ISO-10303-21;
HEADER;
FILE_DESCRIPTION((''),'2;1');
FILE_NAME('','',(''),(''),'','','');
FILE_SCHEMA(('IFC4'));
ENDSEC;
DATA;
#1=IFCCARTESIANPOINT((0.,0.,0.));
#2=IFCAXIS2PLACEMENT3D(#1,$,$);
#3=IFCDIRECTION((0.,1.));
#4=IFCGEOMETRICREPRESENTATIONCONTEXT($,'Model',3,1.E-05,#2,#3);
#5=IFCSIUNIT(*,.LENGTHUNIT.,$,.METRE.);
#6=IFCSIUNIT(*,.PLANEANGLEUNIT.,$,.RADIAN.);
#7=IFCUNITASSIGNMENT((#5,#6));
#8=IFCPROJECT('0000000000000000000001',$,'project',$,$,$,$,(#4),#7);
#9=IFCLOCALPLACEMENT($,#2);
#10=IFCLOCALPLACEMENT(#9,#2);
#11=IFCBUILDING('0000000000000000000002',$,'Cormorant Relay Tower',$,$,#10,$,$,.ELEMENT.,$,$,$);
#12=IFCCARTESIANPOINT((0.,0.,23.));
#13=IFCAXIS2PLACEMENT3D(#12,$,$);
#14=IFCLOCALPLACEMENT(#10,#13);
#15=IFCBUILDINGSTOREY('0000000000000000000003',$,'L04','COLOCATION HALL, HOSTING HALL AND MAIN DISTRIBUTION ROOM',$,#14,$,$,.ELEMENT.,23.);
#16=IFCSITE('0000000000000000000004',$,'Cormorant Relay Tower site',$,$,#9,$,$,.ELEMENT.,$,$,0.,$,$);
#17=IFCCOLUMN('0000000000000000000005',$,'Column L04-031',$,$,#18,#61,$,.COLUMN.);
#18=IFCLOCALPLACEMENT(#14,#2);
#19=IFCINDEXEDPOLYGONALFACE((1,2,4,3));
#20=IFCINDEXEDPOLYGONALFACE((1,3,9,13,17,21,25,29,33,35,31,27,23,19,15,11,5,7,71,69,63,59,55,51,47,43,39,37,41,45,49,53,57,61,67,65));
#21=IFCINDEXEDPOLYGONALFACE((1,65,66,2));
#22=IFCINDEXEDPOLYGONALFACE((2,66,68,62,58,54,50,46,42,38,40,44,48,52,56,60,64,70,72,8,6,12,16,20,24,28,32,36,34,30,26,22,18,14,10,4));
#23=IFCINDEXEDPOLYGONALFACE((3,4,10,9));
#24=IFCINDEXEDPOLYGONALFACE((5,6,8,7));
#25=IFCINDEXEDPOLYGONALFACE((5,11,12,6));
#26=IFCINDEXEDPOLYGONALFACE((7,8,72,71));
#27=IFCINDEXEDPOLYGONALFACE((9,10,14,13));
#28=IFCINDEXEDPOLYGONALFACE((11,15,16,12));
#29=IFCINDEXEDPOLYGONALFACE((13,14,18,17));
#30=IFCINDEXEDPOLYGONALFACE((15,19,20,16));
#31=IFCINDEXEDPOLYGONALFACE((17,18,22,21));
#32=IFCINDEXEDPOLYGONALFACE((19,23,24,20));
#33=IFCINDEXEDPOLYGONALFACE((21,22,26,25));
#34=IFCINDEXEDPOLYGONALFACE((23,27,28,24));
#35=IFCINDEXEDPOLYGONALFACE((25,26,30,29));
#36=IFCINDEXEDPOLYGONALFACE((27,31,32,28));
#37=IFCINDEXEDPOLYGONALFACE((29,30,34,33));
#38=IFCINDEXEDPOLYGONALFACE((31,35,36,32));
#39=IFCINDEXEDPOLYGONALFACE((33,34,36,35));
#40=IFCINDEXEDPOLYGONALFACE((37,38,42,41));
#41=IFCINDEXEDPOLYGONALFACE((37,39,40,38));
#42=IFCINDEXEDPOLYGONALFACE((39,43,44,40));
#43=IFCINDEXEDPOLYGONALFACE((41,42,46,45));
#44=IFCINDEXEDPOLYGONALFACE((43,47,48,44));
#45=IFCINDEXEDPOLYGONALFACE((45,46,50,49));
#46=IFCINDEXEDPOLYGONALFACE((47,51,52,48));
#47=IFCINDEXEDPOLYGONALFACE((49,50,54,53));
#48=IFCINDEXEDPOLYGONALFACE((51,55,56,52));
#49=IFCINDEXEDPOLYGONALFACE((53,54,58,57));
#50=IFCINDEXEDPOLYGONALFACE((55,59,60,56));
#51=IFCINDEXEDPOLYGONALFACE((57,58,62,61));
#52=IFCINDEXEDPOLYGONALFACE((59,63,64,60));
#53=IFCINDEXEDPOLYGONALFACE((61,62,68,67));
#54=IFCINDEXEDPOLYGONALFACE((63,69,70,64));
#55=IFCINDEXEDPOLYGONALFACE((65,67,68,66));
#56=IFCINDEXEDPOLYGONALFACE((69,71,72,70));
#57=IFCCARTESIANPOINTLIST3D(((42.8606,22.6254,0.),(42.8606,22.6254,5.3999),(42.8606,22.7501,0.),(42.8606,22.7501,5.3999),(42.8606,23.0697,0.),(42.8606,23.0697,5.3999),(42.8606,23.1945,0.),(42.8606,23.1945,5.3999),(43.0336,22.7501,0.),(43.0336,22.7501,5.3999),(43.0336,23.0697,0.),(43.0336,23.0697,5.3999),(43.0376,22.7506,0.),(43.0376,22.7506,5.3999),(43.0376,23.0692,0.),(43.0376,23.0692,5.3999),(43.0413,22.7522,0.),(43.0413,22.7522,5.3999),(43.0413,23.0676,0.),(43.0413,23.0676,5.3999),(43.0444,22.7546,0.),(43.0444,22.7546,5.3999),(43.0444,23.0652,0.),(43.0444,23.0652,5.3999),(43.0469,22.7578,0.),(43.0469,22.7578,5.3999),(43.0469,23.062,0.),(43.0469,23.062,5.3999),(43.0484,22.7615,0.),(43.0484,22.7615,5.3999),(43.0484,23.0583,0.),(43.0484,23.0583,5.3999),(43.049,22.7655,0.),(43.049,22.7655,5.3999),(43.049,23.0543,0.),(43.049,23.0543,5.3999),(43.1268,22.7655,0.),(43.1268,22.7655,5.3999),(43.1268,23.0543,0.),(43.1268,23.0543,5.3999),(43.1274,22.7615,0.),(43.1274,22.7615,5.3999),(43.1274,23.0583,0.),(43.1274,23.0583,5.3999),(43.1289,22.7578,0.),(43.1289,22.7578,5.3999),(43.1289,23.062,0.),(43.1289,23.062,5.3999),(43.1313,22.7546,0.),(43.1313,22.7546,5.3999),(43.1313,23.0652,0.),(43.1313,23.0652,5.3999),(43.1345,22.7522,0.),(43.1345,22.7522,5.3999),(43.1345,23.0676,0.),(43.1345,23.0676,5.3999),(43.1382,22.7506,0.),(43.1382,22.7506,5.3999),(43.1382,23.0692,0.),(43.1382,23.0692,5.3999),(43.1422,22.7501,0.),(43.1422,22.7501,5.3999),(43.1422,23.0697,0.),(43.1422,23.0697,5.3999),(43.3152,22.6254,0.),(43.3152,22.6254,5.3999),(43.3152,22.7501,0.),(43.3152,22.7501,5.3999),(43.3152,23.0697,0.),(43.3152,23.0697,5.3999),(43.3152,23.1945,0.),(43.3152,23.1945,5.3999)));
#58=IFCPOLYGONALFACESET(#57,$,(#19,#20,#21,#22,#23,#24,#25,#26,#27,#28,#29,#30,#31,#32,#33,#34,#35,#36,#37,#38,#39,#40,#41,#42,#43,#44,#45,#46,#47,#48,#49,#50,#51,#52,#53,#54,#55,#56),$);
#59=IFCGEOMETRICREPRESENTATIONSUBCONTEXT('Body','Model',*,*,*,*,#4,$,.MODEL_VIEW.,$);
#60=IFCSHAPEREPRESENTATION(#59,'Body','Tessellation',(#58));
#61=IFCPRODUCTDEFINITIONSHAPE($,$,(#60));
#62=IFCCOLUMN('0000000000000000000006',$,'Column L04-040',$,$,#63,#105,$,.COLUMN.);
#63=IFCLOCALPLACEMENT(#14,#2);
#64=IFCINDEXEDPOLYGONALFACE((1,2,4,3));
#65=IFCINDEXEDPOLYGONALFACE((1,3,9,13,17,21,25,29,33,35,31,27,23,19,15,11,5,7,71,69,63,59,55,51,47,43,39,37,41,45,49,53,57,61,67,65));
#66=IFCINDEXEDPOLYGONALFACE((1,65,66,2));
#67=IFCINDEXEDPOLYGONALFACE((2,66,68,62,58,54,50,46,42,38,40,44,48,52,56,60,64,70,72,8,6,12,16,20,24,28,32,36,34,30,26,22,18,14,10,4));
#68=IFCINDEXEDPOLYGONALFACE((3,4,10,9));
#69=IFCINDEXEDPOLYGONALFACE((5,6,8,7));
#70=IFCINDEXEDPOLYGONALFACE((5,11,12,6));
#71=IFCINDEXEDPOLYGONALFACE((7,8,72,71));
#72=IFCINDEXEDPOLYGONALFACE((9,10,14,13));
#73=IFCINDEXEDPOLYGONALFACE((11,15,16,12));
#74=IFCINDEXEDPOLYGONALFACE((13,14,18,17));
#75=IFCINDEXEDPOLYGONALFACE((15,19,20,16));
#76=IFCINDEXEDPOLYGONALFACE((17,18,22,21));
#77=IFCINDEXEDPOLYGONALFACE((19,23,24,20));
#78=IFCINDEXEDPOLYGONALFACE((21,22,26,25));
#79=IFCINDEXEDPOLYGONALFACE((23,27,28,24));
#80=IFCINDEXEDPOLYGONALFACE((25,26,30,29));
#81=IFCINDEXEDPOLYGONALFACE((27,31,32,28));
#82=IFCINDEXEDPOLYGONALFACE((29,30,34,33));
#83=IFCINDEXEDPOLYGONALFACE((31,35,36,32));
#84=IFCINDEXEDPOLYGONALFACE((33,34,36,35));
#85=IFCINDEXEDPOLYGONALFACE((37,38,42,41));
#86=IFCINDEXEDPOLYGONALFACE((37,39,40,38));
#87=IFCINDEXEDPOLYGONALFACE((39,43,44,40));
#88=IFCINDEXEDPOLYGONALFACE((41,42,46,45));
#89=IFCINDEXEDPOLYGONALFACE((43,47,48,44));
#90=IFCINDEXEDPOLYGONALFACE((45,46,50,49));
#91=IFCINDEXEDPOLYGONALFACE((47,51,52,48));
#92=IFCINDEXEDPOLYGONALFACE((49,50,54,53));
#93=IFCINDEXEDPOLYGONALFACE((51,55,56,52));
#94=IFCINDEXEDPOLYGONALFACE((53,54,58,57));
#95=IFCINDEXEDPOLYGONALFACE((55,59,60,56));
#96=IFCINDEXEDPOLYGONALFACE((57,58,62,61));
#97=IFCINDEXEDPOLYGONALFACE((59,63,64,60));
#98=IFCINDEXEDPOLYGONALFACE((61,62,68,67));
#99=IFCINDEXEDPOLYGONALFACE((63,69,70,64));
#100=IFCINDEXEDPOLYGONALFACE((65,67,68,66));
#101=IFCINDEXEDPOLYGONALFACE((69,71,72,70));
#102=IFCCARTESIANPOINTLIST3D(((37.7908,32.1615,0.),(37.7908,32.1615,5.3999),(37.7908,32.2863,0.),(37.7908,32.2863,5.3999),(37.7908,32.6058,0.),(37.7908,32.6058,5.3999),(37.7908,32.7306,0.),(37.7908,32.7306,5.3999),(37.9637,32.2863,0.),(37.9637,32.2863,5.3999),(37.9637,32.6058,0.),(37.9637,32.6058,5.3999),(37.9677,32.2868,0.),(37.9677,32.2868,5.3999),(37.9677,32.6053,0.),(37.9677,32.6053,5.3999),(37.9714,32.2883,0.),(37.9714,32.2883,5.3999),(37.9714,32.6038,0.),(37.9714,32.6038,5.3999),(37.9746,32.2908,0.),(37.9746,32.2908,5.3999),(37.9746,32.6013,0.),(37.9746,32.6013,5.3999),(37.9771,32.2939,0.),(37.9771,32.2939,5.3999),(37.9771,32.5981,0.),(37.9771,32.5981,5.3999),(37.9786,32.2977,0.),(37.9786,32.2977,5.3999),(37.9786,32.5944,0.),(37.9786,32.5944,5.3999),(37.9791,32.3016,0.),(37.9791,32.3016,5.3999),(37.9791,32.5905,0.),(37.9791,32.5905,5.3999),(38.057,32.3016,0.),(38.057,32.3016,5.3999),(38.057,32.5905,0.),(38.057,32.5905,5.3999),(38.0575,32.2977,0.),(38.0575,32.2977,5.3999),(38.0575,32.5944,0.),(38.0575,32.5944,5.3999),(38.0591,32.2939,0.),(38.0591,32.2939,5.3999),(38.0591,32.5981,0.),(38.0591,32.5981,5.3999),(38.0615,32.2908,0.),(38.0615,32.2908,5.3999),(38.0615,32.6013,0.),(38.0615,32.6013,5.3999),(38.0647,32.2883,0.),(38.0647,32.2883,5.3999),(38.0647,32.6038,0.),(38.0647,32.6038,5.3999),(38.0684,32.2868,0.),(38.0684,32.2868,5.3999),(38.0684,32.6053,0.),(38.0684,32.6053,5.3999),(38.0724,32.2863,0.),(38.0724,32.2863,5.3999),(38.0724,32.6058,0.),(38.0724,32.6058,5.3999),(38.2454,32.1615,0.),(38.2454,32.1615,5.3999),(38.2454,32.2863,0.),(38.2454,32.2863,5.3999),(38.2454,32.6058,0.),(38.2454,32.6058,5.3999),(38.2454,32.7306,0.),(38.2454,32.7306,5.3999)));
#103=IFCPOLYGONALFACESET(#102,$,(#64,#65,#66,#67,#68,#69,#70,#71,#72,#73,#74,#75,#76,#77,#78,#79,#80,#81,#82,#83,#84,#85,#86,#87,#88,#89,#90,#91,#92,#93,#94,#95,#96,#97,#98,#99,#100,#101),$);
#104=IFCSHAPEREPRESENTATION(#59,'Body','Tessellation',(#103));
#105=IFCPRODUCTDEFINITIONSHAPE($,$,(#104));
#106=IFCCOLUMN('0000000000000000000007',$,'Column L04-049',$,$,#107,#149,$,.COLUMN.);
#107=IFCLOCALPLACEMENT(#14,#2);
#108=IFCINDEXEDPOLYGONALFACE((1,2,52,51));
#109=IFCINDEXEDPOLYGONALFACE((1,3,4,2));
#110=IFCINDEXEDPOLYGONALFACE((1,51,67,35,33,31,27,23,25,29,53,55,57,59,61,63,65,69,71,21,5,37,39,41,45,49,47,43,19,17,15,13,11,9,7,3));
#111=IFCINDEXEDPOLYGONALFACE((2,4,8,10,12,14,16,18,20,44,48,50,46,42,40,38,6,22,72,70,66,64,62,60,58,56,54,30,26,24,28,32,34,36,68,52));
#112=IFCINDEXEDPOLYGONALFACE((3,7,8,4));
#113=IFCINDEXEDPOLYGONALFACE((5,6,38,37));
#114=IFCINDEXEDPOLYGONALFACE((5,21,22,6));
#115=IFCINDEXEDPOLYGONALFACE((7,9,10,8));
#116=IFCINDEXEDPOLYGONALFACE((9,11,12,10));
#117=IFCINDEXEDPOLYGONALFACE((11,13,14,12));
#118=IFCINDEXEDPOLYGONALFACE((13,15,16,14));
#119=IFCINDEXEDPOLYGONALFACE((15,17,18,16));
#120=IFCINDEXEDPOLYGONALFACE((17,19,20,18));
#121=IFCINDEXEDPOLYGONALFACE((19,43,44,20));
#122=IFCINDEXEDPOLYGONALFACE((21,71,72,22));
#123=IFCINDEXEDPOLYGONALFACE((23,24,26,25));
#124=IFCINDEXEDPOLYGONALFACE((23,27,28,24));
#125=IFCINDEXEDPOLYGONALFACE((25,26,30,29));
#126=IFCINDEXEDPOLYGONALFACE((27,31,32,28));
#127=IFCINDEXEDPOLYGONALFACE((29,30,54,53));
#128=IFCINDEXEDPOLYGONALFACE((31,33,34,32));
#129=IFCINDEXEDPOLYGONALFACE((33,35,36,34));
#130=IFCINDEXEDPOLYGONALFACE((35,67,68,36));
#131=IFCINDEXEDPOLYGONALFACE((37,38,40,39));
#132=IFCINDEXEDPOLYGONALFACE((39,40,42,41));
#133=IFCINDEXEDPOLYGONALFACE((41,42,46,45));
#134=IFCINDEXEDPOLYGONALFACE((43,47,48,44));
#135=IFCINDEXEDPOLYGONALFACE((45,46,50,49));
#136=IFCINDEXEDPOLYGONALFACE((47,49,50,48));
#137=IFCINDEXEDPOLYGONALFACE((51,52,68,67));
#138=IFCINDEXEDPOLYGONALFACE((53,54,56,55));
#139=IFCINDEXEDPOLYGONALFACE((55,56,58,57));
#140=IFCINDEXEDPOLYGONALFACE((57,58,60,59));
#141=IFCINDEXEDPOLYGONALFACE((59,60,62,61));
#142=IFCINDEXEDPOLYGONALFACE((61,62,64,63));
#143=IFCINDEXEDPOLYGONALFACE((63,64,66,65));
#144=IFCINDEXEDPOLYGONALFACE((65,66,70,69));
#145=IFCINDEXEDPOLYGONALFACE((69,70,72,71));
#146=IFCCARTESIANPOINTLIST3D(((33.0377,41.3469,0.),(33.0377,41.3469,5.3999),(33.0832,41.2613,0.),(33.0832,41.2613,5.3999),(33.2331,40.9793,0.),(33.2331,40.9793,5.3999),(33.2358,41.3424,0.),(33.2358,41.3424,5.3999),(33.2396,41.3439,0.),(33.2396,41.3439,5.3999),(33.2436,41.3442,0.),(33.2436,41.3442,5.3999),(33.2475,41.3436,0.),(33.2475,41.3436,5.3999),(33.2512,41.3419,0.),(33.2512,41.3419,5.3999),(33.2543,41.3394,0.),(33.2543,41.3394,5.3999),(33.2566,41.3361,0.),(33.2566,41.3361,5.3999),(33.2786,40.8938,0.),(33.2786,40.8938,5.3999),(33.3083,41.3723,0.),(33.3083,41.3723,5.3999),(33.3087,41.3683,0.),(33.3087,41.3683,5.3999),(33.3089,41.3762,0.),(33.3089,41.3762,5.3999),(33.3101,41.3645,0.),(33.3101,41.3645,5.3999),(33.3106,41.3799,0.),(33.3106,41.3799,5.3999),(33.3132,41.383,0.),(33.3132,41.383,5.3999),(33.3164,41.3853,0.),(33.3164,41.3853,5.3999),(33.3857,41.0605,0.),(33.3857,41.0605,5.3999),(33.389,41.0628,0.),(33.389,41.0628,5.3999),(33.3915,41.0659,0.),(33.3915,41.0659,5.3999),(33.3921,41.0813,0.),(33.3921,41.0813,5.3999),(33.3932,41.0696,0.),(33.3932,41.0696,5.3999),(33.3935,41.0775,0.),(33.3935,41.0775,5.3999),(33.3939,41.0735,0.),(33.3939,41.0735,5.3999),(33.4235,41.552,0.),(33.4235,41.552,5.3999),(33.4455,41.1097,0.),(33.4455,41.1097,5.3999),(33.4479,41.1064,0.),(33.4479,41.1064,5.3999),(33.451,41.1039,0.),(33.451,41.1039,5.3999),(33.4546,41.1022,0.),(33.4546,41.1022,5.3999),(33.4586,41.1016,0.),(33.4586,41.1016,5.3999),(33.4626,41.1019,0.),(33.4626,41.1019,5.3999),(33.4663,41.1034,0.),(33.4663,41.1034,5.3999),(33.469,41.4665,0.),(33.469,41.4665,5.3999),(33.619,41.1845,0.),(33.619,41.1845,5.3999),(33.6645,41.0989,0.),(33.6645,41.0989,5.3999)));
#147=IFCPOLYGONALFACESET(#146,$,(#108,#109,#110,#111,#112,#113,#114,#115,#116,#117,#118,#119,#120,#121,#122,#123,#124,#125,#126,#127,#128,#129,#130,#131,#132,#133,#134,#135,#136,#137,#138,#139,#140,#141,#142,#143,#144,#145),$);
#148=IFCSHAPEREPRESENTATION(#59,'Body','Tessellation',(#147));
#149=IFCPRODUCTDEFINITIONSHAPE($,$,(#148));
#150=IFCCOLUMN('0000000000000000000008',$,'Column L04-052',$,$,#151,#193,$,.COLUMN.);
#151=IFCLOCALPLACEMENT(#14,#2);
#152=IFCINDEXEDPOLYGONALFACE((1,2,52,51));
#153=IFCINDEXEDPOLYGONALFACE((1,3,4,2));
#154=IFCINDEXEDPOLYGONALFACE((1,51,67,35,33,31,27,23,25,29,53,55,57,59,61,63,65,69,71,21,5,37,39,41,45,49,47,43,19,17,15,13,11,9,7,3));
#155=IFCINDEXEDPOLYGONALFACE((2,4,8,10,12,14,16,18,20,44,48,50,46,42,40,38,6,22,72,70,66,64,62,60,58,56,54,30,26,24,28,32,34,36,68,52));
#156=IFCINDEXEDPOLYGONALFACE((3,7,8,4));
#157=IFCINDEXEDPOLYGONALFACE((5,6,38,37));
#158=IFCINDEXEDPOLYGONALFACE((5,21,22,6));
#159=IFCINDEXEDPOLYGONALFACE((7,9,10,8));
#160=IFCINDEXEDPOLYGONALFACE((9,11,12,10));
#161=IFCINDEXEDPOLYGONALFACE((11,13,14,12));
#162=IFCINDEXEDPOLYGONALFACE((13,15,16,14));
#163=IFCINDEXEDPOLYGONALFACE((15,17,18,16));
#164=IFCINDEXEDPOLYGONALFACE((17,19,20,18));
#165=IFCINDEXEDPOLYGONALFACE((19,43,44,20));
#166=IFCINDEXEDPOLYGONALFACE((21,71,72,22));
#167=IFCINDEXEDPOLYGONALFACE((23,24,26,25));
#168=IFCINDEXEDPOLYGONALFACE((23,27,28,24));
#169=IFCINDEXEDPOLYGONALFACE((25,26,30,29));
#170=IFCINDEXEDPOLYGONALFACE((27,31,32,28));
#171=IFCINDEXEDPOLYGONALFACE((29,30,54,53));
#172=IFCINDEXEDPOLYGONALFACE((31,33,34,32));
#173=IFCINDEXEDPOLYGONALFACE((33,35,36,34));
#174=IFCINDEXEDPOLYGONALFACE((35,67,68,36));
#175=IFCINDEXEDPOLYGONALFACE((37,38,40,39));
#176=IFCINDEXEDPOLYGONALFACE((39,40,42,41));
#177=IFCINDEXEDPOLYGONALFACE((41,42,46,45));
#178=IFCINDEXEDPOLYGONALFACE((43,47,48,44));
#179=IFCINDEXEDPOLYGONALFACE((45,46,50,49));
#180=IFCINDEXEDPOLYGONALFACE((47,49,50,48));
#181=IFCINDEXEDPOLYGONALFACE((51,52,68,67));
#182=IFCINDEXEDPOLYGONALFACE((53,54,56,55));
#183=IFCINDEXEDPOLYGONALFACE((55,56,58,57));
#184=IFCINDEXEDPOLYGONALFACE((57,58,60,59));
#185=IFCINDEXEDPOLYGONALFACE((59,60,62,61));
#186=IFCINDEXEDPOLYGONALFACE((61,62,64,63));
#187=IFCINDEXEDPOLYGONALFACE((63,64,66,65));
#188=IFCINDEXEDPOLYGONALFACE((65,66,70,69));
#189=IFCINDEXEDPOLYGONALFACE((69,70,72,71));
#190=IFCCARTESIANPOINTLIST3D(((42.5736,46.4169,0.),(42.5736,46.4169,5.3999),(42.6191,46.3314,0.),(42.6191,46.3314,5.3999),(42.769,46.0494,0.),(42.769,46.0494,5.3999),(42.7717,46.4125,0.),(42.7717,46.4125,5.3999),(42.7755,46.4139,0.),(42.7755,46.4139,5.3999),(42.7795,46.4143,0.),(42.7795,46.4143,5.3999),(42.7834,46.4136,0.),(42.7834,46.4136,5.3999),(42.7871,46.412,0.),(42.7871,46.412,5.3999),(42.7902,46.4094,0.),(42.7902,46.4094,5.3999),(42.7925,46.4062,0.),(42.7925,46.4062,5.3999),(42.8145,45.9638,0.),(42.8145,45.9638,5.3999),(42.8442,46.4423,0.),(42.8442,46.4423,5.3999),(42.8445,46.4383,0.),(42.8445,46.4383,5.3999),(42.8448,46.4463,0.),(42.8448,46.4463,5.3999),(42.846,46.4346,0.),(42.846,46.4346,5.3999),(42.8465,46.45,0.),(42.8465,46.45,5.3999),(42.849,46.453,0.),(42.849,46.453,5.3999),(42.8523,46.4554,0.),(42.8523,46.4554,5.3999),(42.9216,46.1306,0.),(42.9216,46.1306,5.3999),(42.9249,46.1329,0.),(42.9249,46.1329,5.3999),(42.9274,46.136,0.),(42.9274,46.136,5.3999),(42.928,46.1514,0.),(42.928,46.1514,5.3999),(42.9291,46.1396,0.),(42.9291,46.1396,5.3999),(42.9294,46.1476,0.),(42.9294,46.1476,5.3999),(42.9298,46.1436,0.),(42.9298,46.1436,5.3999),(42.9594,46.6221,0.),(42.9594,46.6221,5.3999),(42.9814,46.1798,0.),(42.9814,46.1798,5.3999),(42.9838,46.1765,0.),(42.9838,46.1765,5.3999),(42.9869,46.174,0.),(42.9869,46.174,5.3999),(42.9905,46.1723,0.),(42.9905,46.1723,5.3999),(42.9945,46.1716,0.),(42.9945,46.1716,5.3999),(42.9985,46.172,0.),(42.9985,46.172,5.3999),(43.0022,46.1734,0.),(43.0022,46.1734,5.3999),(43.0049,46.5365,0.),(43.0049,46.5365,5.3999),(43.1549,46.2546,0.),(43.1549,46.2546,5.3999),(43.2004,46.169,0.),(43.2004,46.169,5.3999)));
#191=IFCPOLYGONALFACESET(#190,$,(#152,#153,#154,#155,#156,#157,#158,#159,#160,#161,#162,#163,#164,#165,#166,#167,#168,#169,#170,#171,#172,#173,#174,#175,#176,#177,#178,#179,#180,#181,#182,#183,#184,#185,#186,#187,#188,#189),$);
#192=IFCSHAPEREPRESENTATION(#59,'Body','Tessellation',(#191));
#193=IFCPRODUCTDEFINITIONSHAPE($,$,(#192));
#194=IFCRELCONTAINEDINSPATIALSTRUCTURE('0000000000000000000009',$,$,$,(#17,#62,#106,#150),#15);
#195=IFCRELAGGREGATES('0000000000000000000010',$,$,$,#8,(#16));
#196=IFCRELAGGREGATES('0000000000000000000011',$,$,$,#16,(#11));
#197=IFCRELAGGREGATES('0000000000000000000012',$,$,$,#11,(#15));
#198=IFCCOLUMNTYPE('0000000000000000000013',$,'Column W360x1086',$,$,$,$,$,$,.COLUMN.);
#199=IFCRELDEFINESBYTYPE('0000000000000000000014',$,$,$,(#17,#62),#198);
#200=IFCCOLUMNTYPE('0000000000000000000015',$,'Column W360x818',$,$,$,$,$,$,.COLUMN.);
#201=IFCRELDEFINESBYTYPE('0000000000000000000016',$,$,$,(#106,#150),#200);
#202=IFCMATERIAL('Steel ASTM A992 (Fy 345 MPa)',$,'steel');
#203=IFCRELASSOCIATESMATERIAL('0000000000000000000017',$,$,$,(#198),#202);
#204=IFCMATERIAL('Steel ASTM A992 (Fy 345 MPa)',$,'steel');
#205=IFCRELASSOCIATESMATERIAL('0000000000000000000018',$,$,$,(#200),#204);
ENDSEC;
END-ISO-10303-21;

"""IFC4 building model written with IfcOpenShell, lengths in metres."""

from ifc_helpers import new_model, si_unit, direction, frame, origin, origin_2d, place, context, subcontext, project, spatial, i_section, extrude, material, material_profile, profile_set, type_object, element, save


model = new_model("IFC4")

# Units and contexts
model_context = context("Model", 3, precision=1e-05, world=origin(), true_north=direction((0.0, 1.0)))
body_context = subcontext(model_context, "Body", "Model", "MODEL_VIEW")
ifc_project = project(units=[si_unit("LENGTHUNIT", "METRE"), si_unit("PLANEANGLEUNIT", "RADIAN")], contexts=[model_context])

# Site, building, storey
site_placement = place(None, origin())
site = spatial("IfcSite", under=ifc_project, at=site_placement, Name="Cormorant Relay Tower site", CompositionType="ELEMENT", RefElevation=0.0)
building_placement = place(site_placement, origin())
building = spatial("IfcBuilding", under=site, at=building_placement, Name="Cormorant Relay Tower", CompositionType="ELEMENT")
storey_placement = place(building_placement, frame((0.0, 0.0, 23.0)))
storey = spatial("IfcBuildingStorey", under=building, at=storey_placement, Name="L04", Description="COLOCATION HALL, HOSTING HALL AND MAIN DISTRIBUTION ROOM", CompositionType="ELEMENT", Elevation=23.0)

# Columns
ifc_material_1 = material(Name="Steel ASTM A992 (Fy 345 MPa)", Category="steel")
ifc_material_profile_1 = material_profile(ifc_material_1, i_section(OverallWidth=0.4546, OverallDepth=0.5691, WebThickness=0.0779, FlangeThickness=0.1248, FilletRadius=0.0154, at=origin_2d()), Name="W360x1086")
ifc_profile_set_1 = profile_set([ifc_material_profile_1], Name="Steel ASTM A992 (Fy 345 MPa)")
column_type_1 = type_object("IfcColumnType", Name="Column W360x1086", PredefinedType="COLUMN", material=ifc_profile_set_1)
for number, where, z_axis, x_axis, name in (
    (1, (43.0879, 22.9099, 0.0), (0.0, 0.0, 1.0), (1.0, 0.0, 0.0), "Column L04-031"),
    (2, (38.0181, 32.446, 0.0), (0.0, 0.0, 1.0), (1.0, 0.0, 0.0), "Column L04-040"),
):
    element("IfcColumn", number, at=place(storey_placement, frame(where, z_axis=z_axis, x_axis=x_axis)), inside=storey, type_object=column_type_1, Name=name, PredefinedType="COLUMN", context=body_context, shape_type="SweptSolid", body=[
        extrude(i_section(OverallWidth=0.4546, OverallDepth=0.5691, WebThickness=0.0779, FlangeThickness=0.1248, FilletRadius=0.0154, at=origin_2d()), origin(), (0.0, 0.0, 1.0), 5.3999),
    ])
ifc_material_2 = material(Name="Steel ASTM A992 (Fy 345 MPa)", Category="steel")
ifc_material_profile_2 = material_profile(ifc_material_2, i_section(OverallWidth=0.437, OverallDepth=0.5132, WebThickness=0.0605, FlangeThickness=0.0969, FilletRadius=0.0154, at=origin_2d()), Name="W360x818")
ifc_profile_set_2 = profile_set([ifc_material_profile_2], Name="Steel ASTM A992 (Fy 345 MPa)")
column_type_2 = type_object("IfcColumnType", Name="Column W360x818", PredefinedType="COLUMN", material=ifc_profile_set_2)
for number, where, z_axis, x_axis, name in (
    (3, (33.3511, 41.2229, 0.0), (0.0, 0.0, 1.0), (-0.882948, -0.469472, 0.0), "Column L04-049"),
    (4, (42.887, 46.293, 0.0), (0.0, 0.0, 1.0), (-0.882948, -0.469472, 0.0), "Column L04-052"),
):
    element("IfcColumn", number, at=place(storey_placement, frame(where, z_axis=z_axis, x_axis=x_axis)), inside=storey, type_object=column_type_2, Name=name, PredefinedType="COLUMN", context=body_context, shape_type="SweptSolid", body=[
        extrude(i_section(OverallWidth=0.437, OverallDepth=0.5132, WebThickness=0.0605, FlangeThickness=0.0969, FilletRadius=0.0154, at=origin_2d()), origin(), (0.0, 0.0, 1.0), 5.3999),
    ])

save(model, "model.ifc")
